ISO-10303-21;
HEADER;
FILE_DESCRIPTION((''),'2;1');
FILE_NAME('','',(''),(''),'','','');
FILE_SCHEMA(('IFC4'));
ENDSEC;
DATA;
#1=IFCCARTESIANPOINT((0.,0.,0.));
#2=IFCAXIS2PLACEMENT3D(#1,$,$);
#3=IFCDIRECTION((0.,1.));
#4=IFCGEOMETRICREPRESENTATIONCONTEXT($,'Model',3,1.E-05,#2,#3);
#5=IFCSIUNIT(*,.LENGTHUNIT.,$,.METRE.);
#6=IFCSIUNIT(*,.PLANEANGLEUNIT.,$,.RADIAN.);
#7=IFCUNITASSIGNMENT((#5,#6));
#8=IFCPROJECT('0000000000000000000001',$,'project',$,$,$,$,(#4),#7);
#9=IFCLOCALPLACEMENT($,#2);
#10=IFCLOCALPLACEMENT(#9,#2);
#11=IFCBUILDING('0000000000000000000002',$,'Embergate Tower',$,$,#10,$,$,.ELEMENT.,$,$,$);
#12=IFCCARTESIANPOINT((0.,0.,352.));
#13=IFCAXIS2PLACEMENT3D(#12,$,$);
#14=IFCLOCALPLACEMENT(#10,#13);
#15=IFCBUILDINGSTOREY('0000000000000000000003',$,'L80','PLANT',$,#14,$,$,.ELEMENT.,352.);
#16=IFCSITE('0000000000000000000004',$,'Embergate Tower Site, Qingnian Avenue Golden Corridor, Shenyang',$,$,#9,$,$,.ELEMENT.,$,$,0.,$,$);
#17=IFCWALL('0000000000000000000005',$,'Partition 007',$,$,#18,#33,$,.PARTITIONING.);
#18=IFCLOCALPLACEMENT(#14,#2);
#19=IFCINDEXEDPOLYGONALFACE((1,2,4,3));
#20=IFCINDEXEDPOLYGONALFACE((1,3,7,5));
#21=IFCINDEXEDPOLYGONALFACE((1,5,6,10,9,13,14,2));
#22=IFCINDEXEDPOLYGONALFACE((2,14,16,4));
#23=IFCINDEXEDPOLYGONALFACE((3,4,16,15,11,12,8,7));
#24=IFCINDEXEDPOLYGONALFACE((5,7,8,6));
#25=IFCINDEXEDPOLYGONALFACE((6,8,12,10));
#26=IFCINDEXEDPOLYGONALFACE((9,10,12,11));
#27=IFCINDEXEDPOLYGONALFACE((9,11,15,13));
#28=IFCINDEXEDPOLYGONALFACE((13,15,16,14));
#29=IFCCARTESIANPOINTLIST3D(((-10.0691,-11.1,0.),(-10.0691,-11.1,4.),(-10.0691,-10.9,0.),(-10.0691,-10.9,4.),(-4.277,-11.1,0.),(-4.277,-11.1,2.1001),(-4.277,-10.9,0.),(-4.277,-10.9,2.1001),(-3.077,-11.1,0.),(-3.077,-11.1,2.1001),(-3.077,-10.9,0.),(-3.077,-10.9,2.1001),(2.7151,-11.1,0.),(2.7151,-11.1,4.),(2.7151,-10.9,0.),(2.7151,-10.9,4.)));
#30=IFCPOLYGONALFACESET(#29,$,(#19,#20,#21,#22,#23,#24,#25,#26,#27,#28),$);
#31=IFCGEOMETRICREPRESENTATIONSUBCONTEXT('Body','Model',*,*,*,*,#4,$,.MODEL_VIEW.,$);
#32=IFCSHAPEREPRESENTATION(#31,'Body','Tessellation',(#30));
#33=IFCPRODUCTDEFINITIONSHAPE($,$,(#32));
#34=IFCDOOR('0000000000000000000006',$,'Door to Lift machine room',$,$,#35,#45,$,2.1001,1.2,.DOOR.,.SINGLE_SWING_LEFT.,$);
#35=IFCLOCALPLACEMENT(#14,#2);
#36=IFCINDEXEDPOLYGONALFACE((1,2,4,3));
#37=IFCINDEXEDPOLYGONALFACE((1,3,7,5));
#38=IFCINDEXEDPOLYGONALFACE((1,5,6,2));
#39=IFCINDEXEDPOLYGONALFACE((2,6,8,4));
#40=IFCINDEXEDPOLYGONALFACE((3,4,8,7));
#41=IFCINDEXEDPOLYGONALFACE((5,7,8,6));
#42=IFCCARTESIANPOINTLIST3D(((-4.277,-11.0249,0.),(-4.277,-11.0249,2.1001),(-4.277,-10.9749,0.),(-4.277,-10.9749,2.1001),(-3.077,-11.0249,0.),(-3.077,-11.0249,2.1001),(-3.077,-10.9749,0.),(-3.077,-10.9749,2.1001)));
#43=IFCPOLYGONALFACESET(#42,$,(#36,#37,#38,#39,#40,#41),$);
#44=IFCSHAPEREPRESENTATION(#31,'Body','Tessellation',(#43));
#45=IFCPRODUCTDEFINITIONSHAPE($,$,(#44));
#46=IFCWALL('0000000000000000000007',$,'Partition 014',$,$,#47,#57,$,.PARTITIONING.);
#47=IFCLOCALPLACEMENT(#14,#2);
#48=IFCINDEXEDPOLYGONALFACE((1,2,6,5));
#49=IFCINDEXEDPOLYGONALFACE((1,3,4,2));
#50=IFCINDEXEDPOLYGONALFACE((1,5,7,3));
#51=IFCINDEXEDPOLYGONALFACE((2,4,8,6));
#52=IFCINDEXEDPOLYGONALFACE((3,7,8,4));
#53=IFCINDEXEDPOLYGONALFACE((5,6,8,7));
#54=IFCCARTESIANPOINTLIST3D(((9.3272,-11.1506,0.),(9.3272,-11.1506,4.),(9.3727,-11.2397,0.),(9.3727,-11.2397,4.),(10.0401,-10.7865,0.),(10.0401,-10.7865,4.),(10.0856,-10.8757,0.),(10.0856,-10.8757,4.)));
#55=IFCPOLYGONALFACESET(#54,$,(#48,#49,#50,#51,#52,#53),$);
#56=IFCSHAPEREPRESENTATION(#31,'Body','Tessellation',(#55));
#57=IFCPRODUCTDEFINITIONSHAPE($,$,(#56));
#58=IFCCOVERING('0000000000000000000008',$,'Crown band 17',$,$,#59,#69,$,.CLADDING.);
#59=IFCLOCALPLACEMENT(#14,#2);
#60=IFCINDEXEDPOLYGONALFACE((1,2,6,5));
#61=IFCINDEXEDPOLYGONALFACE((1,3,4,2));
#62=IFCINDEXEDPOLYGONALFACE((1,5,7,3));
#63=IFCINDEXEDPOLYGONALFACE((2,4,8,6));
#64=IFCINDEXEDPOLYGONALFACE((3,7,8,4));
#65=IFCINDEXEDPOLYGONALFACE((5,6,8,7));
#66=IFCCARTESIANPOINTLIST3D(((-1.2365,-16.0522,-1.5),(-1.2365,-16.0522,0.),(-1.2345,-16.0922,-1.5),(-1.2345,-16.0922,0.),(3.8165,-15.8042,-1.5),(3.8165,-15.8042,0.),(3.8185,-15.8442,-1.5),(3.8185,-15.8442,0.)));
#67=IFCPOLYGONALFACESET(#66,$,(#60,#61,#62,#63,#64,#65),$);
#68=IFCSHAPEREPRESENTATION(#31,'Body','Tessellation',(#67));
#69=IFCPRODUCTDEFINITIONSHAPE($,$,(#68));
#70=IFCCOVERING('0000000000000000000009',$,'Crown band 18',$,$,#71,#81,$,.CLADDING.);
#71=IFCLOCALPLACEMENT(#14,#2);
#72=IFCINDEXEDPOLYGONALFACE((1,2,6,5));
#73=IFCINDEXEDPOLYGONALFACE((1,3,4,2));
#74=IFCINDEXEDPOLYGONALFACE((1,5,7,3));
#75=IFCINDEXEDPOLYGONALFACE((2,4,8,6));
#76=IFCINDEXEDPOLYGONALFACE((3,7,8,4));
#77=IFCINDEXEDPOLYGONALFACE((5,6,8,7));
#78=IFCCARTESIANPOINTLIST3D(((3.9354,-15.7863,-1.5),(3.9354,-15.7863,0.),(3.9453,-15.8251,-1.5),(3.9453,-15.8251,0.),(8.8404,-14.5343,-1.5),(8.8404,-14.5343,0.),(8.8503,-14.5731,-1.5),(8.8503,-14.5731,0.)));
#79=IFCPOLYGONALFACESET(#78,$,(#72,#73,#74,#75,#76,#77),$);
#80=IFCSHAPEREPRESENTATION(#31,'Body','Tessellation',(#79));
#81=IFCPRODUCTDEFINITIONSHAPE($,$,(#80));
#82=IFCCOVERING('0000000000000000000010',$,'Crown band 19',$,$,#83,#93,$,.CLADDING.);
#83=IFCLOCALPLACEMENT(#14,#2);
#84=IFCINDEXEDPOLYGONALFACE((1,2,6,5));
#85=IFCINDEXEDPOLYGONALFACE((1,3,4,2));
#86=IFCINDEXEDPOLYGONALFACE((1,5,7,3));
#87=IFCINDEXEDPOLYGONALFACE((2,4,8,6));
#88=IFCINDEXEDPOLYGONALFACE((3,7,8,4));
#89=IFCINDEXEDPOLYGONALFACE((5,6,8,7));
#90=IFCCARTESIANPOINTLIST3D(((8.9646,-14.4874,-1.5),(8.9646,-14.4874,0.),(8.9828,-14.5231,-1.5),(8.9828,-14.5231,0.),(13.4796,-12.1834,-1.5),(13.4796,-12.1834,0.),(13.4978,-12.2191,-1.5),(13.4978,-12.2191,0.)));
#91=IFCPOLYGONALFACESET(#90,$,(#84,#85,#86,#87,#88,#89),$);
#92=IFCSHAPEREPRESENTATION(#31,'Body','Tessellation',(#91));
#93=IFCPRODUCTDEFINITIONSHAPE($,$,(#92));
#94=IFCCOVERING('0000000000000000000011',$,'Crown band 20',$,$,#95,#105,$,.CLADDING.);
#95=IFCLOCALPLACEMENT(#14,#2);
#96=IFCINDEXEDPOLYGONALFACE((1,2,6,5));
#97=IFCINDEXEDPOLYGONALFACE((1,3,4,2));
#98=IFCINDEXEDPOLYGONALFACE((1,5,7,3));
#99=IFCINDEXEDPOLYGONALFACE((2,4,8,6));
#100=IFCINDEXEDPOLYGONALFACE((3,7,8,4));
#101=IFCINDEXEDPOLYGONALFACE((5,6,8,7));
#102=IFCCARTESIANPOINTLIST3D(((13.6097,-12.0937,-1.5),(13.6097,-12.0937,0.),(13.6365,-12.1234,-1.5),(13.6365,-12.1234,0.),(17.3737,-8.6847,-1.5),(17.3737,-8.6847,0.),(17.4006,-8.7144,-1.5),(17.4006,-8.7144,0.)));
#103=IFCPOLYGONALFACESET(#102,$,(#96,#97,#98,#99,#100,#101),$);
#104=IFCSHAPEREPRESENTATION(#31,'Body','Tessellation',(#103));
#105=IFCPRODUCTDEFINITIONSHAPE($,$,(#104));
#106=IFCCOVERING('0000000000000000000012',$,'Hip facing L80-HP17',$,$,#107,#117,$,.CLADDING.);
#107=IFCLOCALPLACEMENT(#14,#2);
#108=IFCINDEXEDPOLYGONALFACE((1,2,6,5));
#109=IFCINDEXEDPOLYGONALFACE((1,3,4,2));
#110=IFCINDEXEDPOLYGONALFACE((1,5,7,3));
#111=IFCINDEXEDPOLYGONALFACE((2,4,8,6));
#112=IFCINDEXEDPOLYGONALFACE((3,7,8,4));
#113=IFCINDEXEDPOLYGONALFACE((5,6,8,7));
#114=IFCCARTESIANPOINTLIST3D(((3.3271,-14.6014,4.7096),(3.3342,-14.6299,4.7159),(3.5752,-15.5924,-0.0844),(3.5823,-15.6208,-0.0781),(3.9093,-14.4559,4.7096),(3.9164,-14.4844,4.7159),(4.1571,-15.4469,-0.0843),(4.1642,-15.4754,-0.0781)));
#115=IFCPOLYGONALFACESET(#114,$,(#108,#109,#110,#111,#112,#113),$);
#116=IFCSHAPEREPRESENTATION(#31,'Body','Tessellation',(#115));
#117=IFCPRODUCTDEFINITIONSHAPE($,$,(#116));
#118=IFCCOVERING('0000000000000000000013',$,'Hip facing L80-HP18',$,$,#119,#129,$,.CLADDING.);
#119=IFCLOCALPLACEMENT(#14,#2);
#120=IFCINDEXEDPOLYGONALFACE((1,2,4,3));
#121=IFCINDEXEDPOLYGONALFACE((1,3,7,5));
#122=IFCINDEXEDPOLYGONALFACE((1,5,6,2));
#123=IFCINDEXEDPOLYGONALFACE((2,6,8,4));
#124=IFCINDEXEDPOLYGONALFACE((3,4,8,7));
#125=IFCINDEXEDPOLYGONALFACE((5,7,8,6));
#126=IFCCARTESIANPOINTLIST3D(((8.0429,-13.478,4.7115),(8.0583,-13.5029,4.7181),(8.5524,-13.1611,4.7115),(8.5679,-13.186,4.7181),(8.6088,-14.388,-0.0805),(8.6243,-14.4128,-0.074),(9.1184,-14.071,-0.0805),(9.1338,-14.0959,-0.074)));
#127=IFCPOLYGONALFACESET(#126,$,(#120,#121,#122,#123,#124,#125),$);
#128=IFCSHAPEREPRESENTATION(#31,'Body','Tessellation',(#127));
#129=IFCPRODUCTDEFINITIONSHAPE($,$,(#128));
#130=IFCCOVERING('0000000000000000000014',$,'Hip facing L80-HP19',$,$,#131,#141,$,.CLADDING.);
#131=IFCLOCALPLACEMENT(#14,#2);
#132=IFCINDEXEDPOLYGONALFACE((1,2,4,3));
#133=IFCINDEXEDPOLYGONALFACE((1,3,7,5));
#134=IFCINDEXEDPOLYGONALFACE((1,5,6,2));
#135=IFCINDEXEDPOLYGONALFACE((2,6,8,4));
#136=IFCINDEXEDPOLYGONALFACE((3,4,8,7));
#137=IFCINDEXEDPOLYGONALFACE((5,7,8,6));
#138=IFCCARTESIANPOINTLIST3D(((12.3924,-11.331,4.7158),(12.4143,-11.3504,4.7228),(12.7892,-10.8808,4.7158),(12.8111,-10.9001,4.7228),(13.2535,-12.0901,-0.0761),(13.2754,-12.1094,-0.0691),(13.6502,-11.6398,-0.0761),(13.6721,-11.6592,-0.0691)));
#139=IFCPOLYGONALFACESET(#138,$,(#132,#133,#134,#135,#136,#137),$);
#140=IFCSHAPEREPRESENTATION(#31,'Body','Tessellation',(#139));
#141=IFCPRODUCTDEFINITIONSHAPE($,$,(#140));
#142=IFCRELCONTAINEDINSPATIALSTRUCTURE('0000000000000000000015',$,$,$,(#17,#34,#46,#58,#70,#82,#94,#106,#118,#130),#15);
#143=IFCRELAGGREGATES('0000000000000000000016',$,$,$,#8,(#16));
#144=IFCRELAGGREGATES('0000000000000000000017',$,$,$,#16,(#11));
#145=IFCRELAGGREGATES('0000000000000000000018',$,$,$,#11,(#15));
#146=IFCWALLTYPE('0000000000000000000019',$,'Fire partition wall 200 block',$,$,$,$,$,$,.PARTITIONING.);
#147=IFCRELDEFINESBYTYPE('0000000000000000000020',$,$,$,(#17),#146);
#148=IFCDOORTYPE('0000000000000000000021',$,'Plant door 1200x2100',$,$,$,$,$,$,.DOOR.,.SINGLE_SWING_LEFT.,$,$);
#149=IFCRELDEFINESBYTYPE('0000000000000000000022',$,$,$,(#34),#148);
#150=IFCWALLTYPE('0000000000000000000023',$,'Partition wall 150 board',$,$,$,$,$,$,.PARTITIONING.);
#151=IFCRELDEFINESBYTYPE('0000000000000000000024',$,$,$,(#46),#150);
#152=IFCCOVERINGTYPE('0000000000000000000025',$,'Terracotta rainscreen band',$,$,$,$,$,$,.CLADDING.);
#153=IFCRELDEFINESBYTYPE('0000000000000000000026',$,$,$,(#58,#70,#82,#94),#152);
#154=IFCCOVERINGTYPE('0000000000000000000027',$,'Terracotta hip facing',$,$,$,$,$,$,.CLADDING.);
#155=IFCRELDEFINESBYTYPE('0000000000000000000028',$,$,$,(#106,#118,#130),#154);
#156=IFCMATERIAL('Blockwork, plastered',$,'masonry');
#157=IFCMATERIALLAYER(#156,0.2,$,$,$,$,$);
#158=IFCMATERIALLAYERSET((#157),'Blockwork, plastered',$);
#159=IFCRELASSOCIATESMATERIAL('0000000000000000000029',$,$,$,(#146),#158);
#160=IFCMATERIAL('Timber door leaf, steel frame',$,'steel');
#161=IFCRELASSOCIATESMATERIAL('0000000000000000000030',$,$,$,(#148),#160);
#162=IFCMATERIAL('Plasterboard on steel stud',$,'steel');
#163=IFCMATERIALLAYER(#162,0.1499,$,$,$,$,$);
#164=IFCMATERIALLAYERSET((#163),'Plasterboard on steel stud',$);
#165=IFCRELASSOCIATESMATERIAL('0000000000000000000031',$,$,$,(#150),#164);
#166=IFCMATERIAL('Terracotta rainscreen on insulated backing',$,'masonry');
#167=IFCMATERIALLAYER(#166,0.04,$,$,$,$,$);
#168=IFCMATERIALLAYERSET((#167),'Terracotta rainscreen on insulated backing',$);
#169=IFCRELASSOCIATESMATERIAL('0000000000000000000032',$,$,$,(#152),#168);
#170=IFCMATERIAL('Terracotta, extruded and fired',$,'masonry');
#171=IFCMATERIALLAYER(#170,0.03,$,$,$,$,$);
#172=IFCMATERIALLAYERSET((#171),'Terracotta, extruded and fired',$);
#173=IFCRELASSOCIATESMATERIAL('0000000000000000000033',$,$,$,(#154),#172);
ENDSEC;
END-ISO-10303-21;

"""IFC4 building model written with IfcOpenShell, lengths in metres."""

from ifc_helpers import new_model, si_unit, direction, frame, frame_2d, origin, origin_2d, place, context, subcontext, project, spatial, polyline, rectangle, outline, extrude, source, transform, mapped, material, layer, layer_set, type_object, element, fill, save


model = new_model("IFC4")

# Units and contexts
model_context = context("Model", 3, precision=1e-05, world=origin(), true_north=direction((0.0, 1.0)))
body_context = subcontext(model_context, "Body", "Model", "MODEL_VIEW")
ifc_project = project(units=[si_unit("LENGTHUNIT", "METRE"), si_unit("PLANEANGLEUNIT", "RADIAN")], contexts=[model_context])

# Site, building, storey
site_placement = place(None, origin())
site = spatial("IfcSite", under=ifc_project, at=site_placement, Name="Embergate Tower Site, Qingnian Avenue Golden Corridor, Shenyang", CompositionType="ELEMENT", RefElevation=0.0)
building_placement = place(site_placement, origin())
building = spatial("IfcBuilding", under=site, at=building_placement, Name="Embergate Tower", CompositionType="ELEMENT")
storey_placement = place(building_placement, frame((0.0, 0.0, 352.0)))
storey = spatial("IfcBuildingStorey", under=building, at=storey_placement, Name="L80", Description="PLANT", CompositionType="ELEMENT", Elevation=352.0)

# Shared definitions
ifc_material_1 = material(Name="Blockwork, plastered", Category="masonry")
ifc_layer_1 = layer(ifc_material_1, 0.2)
ifc_layer_set_1 = layer_set([ifc_layer_1], Name="Blockwork, plastered")
wall_type_1 = type_object("IfcWallType", Name="Fire partition wall 200 block", PredefinedType="PARTITIONING", material=ifc_layer_set_1)
shared_shape_1 = source(origin(), body_context, "Body", "SweptSolid", [
    extrude(rectangle(XDim=1.2, YDim=2.1001, at=frame_2d((0.6001, 1.05))), frame((0.0, 0.1099, 0.0), z_axis=(0.0, -1.0, 0.0), x_axis=(1.0, 0.0, 0.0)), (0.0, 0.0, 1.0), 0.22),
])
ifc_material_2 = material(Name="Timber door leaf, steel frame", Category="steel")
door_type = type_object("IfcDoorType", Name="Plant door 1200x2100", OperationType="SINGLE_SWING_LEFT", PredefinedType="DOOR", material=ifc_material_2)
shared_shape_2 = source(origin(), body_context, "Body", "SweptSolid", [
    extrude(rectangle(XDim=1.2, YDim=2.1001, at=frame_2d((0.6001, 1.05))), frame((0.0, 0.0249, 0.0), z_axis=(0.0, -1.0, 0.0), x_axis=(1.0, 0.0, 0.0)), (0.0, 0.0, 1.0), 0.05),
])

# Wall, opening, door
shared_shape_3 = source(origin(), body_context, "Body", "SweptSolid", [
    extrude(rectangle(XDim=12.7842, YDim=0.2, at=frame_2d((6.3921, 0.0))), origin(), (0.0, 0.0, 1.0), 4.0),
])
wall_1_placement = place(storey_placement, frame((2.7151, -11.0, 0.0), z_axis=(0.0, 0.0, 1.0), x_axis=(-1.0, 0.0, 0.0)))
wall_1 = element("IfcWall", 1, at=wall_1_placement, inside=storey, type_object=wall_type_1, Name="Partition 007", PredefinedType="PARTITIONING", context=body_context, shape_type="MappedRepresentation", body=[
    mapped(shared_shape_3, transform((0.0, 0.0, 0.0))),
])
opening_1_placement = place(wall_1_placement, frame((5.792, 0.0, 0.0)))
opening_1 = element("IfcOpeningElement", 2, at=opening_1_placement, cuts=wall_1, PredefinedType="OPENING", context=body_context, shape_type="MappedRepresentation", body=[
    mapped(shared_shape_1, transform((0.0, 0.0, 0.0))),
])
door_1_placement = place(opening_1_placement, origin())
door_1 = element("IfcDoor", 3, at=door_1_placement, inside=storey, type_object=door_type, Name="Door to Lift machine room", OperationType="SINGLE_SWING_LEFT", OverallHeight=2.1001, OverallWidth=1.2, PredefinedType="DOOR", context=body_context, shape_type="MappedRepresentation", body=[
    mapped(shared_shape_2, transform((0.0, 0.0, 0.0))),
])
fill(opening_1, door_1)

# Wall
ifc_material_3 = material(Name="Plasterboard on steel stud", Category="steel")
ifc_layer_2 = layer(ifc_material_3, 0.1499)
ifc_layer_set_2 = layer_set([ifc_layer_2], Name="Plasterboard on steel stud")
wall_type_2 = type_object("IfcWallType", Name="Partition wall 150 board", PredefinedType="PARTITIONING", material=ifc_layer_set_2)
shared_shape_4 = source(origin(), body_context, "Body", "SweptSolid", [
    extrude(rectangle(XDim=0.8005, YDim=0.1001, at=frame_2d((0.4004, 0.0))), origin(), (0.0, 0.0, 1.0), 4.0),
])
wall_2_placement = place(storey_placement, frame((10.063, -10.8311, 0.0), z_axis=(0.0, 0.0, 1.0), x_axis=(-0.890613, -0.454762, 0.0)))
element("IfcWall", 4, at=wall_2_placement, inside=storey, type_object=wall_type_2, Name="Partition 014", PredefinedType="PARTITIONING", context=body_context, shape_type="MappedRepresentation", body=[
    mapped(shared_shape_4, transform((0.0, 0.0, 0.0))),
])

# Coverings
ifc_material_4 = material(Name="Terracotta rainscreen on insulated backing", Category="masonry")
ifc_layer_3 = layer(ifc_material_4, 0.04)
ifc_layer_set_3 = layer_set([ifc_layer_3], Name="Terracotta rainscreen on insulated backing")
covering_type_1 = type_object("IfcCoveringType", Name="Terracotta rainscreen band", PredefinedType="CLADDING", material=ifc_layer_set_3)
shared_shape_5 = source(origin(), body_context, "Body", "SweptSolid", [
    extrude(rectangle(XDim=5.0591, YDim=0.04, at=origin_2d()), origin(), (0.0, 0.0, 1.0), 1.5),
])
covering_1_placement = place(storey_placement, frame((1.291, -15.9482, -1.5), z_axis=(0.0, 0.0, 1.0), x_axis=(0.998798, 0.049021, 0.0)))
element("IfcCovering", 5, at=covering_1_placement, inside=storey, type_object=covering_type_1, Name="Crown band 17", PredefinedType="CLADDING", context=body_context, shape_type="MappedRepresentation", body=[
    mapped(shared_shape_5, transform((0.0, 0.0, 0.0))),
])
shared_shape_6 = source(origin(), body_context, "Body", "SweptSolid", [
    extrude(rectangle(XDim=5.0623, YDim=0.04, at=origin_2d()), origin(), (0.0, 0.0, 1.0), 1.5),
])
covering_2_placement = place(storey_placement, frame((6.3928, -15.1797, -1.5), z_axis=(0.0, 0.0, 1.0), x_axis=(0.968934, 0.24732, 0.0)))
element("IfcCovering", 6, at=covering_2_placement, inside=storey, type_object=covering_type_1, Name="Crown band 18", PredefinedType="CLADDING", context=body_context, shape_type="MappedRepresentation", body=[
    mapped(shared_shape_6, transform((0.0, 0.0, 0.0))),
])
shared_shape_7 = source(origin(), body_context, "Body", "SweptSolid", [
    extrude(rectangle(XDim=5.0688, YDim=0.04, at=origin_2d()), origin(), (0.0, 0.0, 1.0), 1.5),
])
covering_3_placement = place(storey_placement, frame((11.2312, -13.3533, -1.5), z_axis=(0.0, 0.0, 1.0), x_axis=(0.890727, 0.454538, 0.0)))
element("IfcCovering", 7, at=covering_3_placement, inside=storey, type_object=covering_type_1, Name="Crown band 19", PredefinedType="CLADDING", context=body_context, shape_type="MappedRepresentation", body=[
    mapped(shared_shape_7, transform((0.0, 0.0, 0.0))),
])
shared_shape_8 = source(origin(), body_context, "Body", "SweptSolid", [
    extrude(rectangle(XDim=5.0784, YDim=0.04, at=origin_2d()), origin(), (0.0, 0.0, 1.0), 1.5),
])
covering_4_placement = place(storey_placement, frame((15.5051, -10.4041, -1.5), z_axis=(0.0, 0.0, 1.0), x_axis=(0.741195, 0.67129, 0.0)))
element("IfcCovering", 8, at=covering_4_placement, inside=storey, type_object=covering_type_1, Name="Crown band 20", PredefinedType="CLADDING", context=body_context, shape_type="MappedRepresentation", body=[
    mapped(shared_shape_8, transform((0.0, 0.0, 0.0))),
])
ifc_material_5 = material(Name="Terracotta, extruded and fired", Category="masonry")
ifc_layer_4 = layer(ifc_material_5, 0.03)
ifc_layer_set_4 = layer_set([ifc_layer_4], Name="Terracotta, extruded and fired")
covering_type_2 = type_object("IfcCoveringType", Name="Terracotta hip facing", PredefinedType="CLADDING", material=ifc_layer_set_4)
shared_shape_9 = source(origin(), body_context, "Body", "SweptSolid", [
    extrude(outline(polyline([(0.0, 0.0), (4.9016, 0.0), (4.9016, -0.6001), (0.0, -0.5999), (0.0, 0.0)])), origin(), (0.0, 0.0, -1.0), 0.03),
])
covering_5_placement = place(storey_placement, frame((3.5823, -15.6208, -0.0781), z_axis=(0.237163, -0.948853, 0.208405), x_axis=(-0.050604, 0.202167, 0.978043)))
element("IfcCovering", 9, at=covering_5_placement, inside=storey, type_object=covering_type_2, Name="Hip facing L80-HP17", PredefinedType="CLADDING", context=body_context, shape_type="MappedRepresentation", body=[
    mapped(shared_shape_9, transform((0.0, 0.0, 0.0))),
])
shared_shape_10 = source(origin(), body_context, "Body", "SweptSolid", [
    extrude(outline(polyline([(0.0, 0.0), (4.9104, 0.0), (4.9104, -0.6001), (0.0, -0.6001), (0.0, 0.0)])), origin(), (0.0, 0.0, -1.0), 0.03),
])
covering_6_placement = place(storey_placement, frame((8.6243, -14.4128, -0.074), z_axis=(0.515404, -0.828697, 0.218222), x_axis=(-0.11525, 0.185305, 0.975899)))
element("IfcCovering", 10, at=covering_6_placement, inside=storey, type_object=covering_type_2, Name="Hip facing L80-HP18", PredefinedType="CLADDING", context=body_context, shape_type="MappedRepresentation", body=[
    mapped(shared_shape_10, transform((0.0, 0.0, 0.0))),
])
shared_shape_11 = source(origin(), body_context, "Body", "SweptSolid", [
    extrude(outline(polyline([(0.0, 0.0), (4.9275, 0.0), (4.9275, -0.6001), (0.0, -0.6001), (0.0, 0.0)])), origin(), (0.0, 0.0, -1.0), 0.03),
])
covering_7_placement = place(storey_placement, frame((13.2754, -12.1094, -0.0691), z_axis=(0.729613, -0.642962, 0.232949), x_axis=(-0.174749, 0.154039, 0.972489)))
element("IfcCovering", 11, at=covering_7_placement, inside=storey, type_object=covering_type_2, Name="Hip facing L80-HP19", PredefinedType="CLADDING", context=body_context, shape_type="MappedRepresentation", body=[
    mapped(shared_shape_11, transform((0.0, 0.0, 0.0))),
])

save(model, "model.ifc")
